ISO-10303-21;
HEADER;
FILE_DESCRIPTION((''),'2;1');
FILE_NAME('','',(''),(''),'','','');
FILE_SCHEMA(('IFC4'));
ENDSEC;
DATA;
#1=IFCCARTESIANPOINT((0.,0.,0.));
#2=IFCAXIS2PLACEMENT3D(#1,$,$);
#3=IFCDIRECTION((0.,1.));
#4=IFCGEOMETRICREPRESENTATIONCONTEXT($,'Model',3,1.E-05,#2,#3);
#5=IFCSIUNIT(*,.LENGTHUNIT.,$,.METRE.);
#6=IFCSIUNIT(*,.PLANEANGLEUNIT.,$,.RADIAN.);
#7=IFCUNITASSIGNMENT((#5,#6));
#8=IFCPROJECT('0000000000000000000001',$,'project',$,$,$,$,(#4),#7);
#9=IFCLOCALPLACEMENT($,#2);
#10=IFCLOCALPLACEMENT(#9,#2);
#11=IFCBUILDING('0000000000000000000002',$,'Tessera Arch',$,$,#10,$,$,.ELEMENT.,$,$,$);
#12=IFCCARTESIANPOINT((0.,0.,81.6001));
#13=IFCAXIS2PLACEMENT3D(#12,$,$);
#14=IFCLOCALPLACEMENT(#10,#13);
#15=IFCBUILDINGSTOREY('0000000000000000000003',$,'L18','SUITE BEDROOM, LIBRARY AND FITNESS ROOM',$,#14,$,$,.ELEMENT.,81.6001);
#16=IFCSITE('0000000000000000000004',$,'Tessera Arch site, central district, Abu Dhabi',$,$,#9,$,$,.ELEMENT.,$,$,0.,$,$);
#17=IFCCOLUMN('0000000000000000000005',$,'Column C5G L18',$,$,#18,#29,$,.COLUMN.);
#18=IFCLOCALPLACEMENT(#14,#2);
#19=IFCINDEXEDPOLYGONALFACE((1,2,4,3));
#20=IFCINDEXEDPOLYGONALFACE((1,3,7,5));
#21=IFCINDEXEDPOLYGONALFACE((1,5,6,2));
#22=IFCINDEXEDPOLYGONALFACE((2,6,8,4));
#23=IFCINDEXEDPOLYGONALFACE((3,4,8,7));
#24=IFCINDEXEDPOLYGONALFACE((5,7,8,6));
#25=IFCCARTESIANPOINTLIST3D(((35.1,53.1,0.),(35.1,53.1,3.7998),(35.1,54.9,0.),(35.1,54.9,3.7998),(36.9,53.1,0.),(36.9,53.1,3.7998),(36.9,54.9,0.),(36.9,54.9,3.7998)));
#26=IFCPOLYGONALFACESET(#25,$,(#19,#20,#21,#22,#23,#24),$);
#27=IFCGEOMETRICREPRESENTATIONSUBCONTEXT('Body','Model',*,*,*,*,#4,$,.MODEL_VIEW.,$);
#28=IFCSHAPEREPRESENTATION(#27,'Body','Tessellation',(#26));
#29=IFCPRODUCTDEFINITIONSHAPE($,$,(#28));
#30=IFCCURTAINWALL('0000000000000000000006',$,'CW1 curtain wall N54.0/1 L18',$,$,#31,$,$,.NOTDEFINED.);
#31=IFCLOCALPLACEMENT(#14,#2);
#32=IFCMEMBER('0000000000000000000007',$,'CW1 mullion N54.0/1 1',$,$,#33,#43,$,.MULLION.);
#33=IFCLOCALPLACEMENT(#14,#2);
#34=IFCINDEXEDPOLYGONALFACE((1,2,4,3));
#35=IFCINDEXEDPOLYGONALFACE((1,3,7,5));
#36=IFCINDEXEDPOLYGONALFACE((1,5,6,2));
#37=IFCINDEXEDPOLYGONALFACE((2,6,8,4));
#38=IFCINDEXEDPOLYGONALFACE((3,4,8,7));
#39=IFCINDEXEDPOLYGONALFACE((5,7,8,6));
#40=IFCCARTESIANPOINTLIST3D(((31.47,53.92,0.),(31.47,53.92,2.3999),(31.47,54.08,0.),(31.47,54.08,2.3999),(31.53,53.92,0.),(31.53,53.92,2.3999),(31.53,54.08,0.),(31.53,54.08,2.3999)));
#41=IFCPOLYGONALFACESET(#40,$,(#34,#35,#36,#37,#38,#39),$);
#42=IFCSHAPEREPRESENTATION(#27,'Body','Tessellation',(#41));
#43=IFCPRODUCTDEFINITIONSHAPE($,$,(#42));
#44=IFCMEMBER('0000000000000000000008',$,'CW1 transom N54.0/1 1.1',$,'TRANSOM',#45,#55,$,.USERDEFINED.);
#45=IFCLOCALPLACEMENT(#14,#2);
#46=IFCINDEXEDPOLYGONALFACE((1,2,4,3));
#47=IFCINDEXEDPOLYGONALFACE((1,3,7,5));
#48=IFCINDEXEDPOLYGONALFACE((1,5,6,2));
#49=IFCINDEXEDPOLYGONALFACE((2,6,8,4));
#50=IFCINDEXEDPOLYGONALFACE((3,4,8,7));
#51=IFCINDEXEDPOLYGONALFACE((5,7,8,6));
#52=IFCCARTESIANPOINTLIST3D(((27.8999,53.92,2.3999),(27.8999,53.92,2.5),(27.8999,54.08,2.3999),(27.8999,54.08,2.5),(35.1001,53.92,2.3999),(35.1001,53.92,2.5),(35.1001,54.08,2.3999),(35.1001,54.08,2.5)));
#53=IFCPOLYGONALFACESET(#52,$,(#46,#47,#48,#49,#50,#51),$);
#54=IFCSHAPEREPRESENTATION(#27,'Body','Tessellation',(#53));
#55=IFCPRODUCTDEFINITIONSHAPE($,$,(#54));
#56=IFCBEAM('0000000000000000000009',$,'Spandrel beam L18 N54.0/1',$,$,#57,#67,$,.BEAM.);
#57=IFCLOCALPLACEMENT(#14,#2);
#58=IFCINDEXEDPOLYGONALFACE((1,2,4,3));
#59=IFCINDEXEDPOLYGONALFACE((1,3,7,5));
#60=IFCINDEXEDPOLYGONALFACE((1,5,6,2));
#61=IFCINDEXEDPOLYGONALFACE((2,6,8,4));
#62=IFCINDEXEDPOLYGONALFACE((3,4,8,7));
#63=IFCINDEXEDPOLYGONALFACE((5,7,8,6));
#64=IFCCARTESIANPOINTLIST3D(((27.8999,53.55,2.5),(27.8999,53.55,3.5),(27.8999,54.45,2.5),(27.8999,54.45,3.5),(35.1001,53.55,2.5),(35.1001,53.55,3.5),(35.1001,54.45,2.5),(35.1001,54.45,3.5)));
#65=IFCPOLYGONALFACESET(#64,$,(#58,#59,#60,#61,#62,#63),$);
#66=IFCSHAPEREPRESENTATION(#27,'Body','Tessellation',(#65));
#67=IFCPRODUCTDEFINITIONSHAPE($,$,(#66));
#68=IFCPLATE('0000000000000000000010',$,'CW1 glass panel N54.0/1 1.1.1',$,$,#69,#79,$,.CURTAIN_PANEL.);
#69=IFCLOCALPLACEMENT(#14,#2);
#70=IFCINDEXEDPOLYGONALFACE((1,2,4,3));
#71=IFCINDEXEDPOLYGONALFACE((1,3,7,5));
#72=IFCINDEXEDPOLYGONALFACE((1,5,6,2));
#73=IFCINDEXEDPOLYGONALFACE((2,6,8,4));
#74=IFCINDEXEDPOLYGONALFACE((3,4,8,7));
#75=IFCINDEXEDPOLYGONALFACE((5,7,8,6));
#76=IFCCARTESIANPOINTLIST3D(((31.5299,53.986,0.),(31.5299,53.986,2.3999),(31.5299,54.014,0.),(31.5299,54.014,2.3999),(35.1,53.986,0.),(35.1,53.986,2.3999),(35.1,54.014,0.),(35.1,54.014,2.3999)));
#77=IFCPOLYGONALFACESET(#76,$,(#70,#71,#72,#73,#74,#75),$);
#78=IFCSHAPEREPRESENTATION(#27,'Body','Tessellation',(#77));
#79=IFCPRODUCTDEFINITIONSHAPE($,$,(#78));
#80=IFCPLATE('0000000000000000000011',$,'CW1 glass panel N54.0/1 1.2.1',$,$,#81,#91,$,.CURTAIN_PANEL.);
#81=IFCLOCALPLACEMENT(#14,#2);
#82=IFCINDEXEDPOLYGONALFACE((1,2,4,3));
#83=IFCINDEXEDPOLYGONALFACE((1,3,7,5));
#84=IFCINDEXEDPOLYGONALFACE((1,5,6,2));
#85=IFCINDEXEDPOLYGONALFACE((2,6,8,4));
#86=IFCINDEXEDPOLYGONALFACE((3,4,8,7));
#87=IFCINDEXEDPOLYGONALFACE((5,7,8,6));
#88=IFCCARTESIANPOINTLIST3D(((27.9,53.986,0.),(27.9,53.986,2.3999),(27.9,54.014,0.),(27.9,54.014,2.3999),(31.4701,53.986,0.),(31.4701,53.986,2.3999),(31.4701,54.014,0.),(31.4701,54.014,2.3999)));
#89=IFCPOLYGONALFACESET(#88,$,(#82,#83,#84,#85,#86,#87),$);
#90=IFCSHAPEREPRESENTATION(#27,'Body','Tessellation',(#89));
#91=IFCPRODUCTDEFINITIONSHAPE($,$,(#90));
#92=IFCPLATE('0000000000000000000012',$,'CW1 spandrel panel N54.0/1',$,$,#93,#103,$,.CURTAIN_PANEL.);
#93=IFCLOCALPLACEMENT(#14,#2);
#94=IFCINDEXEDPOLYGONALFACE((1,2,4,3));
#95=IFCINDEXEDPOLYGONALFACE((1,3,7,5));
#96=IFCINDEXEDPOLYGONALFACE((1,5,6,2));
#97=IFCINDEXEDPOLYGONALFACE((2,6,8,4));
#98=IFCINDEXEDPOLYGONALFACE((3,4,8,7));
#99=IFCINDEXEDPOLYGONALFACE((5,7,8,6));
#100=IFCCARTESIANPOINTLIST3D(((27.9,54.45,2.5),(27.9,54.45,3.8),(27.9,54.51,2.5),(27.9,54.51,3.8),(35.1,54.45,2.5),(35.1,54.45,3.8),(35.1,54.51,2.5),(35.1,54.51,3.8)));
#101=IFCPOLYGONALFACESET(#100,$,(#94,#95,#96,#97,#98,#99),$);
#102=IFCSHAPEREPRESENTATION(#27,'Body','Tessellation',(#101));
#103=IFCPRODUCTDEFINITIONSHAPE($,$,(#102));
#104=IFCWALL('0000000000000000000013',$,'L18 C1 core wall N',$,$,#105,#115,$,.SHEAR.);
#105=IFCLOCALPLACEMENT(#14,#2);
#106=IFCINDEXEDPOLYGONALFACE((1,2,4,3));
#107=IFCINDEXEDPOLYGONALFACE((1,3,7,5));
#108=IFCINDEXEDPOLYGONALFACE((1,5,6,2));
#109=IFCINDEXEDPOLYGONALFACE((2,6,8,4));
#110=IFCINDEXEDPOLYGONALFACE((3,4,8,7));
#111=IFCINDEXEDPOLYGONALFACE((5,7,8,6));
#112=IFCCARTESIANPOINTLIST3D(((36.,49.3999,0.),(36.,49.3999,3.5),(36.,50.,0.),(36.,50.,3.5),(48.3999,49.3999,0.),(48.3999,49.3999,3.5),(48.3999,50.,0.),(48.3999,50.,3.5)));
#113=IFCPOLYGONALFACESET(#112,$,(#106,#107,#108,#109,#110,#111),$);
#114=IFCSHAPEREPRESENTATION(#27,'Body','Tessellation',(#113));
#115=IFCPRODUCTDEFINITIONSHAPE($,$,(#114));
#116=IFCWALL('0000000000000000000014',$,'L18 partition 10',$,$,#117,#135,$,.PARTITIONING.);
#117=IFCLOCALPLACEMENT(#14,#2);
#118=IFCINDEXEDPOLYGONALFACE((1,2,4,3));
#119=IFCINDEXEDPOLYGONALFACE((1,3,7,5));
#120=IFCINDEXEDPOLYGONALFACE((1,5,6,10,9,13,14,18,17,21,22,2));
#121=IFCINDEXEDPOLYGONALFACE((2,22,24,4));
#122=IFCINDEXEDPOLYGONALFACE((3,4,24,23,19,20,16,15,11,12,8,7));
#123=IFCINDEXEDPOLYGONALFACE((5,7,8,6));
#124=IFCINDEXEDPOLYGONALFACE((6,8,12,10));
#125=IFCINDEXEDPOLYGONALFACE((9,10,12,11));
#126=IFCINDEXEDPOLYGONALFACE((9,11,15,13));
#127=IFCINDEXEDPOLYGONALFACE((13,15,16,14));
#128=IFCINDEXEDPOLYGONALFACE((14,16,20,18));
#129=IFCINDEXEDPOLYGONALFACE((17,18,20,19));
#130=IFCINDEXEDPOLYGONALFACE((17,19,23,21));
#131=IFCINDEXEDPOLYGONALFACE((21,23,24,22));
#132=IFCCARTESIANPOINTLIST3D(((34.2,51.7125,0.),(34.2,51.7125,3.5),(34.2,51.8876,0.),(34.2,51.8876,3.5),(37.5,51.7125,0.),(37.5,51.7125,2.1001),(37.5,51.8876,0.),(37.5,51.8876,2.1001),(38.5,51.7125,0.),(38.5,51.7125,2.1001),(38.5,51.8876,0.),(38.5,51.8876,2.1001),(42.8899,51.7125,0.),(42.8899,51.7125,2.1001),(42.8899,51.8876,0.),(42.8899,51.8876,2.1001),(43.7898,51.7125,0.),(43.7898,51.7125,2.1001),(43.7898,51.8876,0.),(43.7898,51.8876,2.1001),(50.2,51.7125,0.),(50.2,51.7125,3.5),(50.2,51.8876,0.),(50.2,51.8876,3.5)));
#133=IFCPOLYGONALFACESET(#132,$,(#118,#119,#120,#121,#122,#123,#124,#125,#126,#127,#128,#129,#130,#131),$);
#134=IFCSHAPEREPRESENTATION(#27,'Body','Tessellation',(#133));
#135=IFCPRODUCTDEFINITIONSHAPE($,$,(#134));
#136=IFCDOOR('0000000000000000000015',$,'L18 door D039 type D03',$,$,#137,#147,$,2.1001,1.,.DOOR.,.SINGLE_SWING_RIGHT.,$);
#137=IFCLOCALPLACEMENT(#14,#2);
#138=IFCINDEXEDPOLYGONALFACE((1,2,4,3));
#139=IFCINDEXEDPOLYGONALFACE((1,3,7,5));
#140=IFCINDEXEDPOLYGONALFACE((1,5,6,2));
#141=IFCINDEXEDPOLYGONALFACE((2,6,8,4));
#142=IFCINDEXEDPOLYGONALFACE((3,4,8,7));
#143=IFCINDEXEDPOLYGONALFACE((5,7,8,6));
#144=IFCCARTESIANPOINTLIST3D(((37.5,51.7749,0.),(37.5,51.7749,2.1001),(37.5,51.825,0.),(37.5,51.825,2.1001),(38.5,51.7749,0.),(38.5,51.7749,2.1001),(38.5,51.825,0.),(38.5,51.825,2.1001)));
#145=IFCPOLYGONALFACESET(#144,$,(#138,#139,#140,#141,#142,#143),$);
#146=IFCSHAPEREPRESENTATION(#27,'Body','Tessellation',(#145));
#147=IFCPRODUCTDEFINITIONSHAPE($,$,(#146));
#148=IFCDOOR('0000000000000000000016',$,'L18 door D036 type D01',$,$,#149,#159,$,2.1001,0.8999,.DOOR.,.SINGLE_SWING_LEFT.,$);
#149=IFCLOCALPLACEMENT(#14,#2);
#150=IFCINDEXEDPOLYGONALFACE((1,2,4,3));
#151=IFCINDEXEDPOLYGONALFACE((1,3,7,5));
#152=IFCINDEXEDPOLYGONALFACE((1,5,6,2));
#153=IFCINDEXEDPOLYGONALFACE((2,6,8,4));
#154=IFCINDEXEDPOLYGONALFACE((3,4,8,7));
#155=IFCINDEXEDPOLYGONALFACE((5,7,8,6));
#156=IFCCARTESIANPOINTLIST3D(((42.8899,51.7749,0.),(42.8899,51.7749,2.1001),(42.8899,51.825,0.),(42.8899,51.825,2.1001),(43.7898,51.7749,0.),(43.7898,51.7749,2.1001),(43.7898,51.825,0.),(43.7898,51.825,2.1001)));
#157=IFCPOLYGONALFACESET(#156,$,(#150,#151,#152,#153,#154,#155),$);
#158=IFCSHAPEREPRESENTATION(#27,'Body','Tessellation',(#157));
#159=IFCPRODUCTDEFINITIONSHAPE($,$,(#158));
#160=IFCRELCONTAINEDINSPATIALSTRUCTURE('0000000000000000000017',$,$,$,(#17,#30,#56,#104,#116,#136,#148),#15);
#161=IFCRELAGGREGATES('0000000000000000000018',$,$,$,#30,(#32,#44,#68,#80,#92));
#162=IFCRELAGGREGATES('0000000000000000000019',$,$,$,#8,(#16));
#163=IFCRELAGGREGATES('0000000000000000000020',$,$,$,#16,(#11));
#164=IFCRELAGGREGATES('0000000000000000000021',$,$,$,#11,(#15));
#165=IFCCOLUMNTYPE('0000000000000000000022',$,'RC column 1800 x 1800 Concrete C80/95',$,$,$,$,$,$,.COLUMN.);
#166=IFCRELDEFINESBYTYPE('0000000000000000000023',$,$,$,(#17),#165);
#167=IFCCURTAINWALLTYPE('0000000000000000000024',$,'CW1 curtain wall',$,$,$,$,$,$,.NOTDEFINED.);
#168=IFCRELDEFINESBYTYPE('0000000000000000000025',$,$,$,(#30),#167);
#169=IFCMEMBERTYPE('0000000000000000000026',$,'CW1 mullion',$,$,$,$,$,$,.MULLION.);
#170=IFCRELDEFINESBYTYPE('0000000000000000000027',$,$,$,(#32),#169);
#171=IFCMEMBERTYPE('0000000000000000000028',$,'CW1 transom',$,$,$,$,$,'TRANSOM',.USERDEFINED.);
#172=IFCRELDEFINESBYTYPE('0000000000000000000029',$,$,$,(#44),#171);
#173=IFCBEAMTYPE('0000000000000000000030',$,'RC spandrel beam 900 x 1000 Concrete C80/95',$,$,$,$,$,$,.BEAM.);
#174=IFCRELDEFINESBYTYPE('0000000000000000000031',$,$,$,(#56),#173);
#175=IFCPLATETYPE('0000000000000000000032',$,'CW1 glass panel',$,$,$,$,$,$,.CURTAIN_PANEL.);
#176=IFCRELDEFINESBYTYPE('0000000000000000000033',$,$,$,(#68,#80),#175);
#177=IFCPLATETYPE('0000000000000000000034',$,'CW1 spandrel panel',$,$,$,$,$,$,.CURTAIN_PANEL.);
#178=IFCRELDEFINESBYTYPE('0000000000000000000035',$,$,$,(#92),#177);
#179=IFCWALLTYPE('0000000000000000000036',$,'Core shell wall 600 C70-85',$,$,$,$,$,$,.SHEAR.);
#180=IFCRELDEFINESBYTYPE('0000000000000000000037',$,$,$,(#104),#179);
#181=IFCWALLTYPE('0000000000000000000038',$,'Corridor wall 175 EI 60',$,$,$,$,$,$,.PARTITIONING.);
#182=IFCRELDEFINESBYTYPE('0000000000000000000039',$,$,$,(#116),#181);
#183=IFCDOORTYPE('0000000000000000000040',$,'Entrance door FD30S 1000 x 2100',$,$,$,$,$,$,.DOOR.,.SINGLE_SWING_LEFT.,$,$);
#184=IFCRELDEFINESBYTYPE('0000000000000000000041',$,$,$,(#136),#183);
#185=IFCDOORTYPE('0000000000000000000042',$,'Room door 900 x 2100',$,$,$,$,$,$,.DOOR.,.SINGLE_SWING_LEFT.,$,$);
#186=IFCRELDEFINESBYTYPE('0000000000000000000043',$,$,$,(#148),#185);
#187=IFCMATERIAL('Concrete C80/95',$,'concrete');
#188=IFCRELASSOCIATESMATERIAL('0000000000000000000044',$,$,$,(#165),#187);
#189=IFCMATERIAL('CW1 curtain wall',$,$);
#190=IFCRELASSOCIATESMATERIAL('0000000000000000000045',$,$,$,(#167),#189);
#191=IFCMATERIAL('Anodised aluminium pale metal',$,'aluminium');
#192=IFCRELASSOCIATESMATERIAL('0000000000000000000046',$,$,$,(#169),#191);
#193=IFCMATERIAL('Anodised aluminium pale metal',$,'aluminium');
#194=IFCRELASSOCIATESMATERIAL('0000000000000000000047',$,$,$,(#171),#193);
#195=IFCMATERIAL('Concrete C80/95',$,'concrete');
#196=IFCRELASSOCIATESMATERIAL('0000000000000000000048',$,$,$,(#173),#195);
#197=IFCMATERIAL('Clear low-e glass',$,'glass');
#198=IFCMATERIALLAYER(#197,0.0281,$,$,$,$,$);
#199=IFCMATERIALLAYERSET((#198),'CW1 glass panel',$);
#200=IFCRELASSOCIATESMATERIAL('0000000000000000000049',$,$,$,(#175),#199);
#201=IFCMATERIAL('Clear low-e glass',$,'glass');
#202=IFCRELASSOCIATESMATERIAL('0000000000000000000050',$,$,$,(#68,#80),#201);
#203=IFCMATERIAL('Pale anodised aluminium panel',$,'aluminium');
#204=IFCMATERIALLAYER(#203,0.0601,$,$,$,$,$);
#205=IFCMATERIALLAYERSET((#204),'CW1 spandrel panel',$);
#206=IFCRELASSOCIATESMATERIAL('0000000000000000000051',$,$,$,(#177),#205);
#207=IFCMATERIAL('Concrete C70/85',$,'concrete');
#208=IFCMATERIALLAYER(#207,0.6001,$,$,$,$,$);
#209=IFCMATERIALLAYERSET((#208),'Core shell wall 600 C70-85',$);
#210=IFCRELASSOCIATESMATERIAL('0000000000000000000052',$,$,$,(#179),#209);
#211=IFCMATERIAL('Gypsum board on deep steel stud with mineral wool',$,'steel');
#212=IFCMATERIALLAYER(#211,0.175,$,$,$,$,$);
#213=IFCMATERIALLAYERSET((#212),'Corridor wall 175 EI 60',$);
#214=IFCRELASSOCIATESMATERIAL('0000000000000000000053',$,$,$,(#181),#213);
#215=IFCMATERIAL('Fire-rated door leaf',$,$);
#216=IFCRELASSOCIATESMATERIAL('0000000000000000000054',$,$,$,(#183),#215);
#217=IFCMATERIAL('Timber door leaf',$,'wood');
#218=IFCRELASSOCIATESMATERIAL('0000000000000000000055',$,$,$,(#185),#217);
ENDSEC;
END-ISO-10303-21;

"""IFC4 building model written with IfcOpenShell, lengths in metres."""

from ifc_helpers import new_model, si_unit, direction, frame, frame_2d, origin, origin_2d, place, context, subcontext, project, spatial, rectangle, extrude, material, layer, layer_set, material_profile, profile_set, type_object, element, fill, aggregate, save


model = new_model("IFC4")

# Units and contexts
model_context = context("Model", 3, precision=1e-05, world=origin(), true_north=direction((0.0, 1.0)))
body_context = subcontext(model_context, "Body", "Model", "MODEL_VIEW")
ifc_project = project(units=[si_unit("LENGTHUNIT", "METRE"), si_unit("PLANEANGLEUNIT", "RADIAN")], contexts=[model_context])

# Site, building, storey
site_placement = place(None, origin())
site = spatial("IfcSite", under=ifc_project, at=site_placement, Name="Tessera Arch site, central district, Abu Dhabi", CompositionType="ELEMENT", RefElevation=0.0)
building_placement = place(site_placement, origin())
building = spatial("IfcBuilding", under=site, at=building_placement, Name="Tessera Arch", CompositionType="ELEMENT")
storey_placement = place(building_placement, frame((0.0, 0.0, 81.6001)))
storey = spatial("IfcBuildingStorey", under=building, at=storey_placement, Name="L18", Description="SUITE BEDROOM, LIBRARY AND FITNESS ROOM", CompositionType="ELEMENT", Elevation=81.6001)

# Column
ifc_material_1 = material(Name="Concrete C80/95", Category="concrete")
ifc_material_profile_1 = material_profile(ifc_material_1, rectangle(XDim=1.8, YDim=1.8, at=origin_2d()), Name="RC column 1800 x 1800 Concrete C80/95")
ifc_profile_set_1 = profile_set([ifc_material_profile_1], Name="Concrete C80/95")
column_type = type_object("IfcColumnType", Name="RC column 1800 x 1800 Concrete C80/95", PredefinedType="COLUMN", material=ifc_profile_set_1)
column_placement = place(storey_placement, frame((36.0, 54.0, 0.0), z_axis=(0.0, 0.0, 1.0), x_axis=(1.0, 0.0, 0.0)))
element("IfcColumn", 1, at=column_placement, inside=storey, type_object=column_type, Name="Column C5G L18", PredefinedType="COLUMN", context=body_context, shape_type="SweptSolid", body=[
    extrude(rectangle(XDim=1.8, YDim=1.8, at=origin_2d()), origin(), (0.0, 0.0, 1.0), 3.7998),
])

# Curtain wall, members
ifc_material_2 = material(Name="CW1 curtain wall")
curtain_wall_type = type_object("IfcCurtainWallType", Name="CW1 curtain wall", PredefinedType="NOTDEFINED", material=ifc_material_2)
curtain_wall_placement = place(storey_placement, origin())
curtain_wall = element("IfcCurtainWall", 2, at=curtain_wall_placement, inside=storey, type_object=curtain_wall_type, Name="CW1 curtain wall N54.0/1 L18", PredefinedType="NOTDEFINED")
ifc_material_3 = material(Name="Anodised aluminium pale metal", Category="aluminium")
ifc_material_profile_2 = material_profile(ifc_material_3, rectangle(XDim=0.1599, YDim=0.0601, at=origin_2d()), Name="AL 60x160")
ifc_profile_set_2 = profile_set([ifc_material_profile_2], Name="Anodised aluminium pale metal")
member_type_1 = type_object("IfcMemberType", Name="CW1 mullion", PredefinedType="MULLION", material=ifc_profile_set_2)
member_1_placement = place(storey_placement, frame((31.5, 54.0, 0.0), z_axis=(0.0, 0.0, 1.0), x_axis=(0.0, -1.0, 0.0)))
member_1 = element("IfcMember", 3, at=member_1_placement, type_object=member_type_1, Name="CW1 mullion N54.0/1 1", PredefinedType="MULLION", context=body_context, shape_type="SweptSolid", body=[
    extrude(rectangle(XDim=0.1599, YDim=0.0601, at=origin_2d()), origin(), (0.0, 0.0, 1.0), 2.3999),
])
ifc_material_4 = material(Name="Anodised aluminium pale metal", Category="aluminium")
ifc_material_profile_3 = material_profile(ifc_material_4, rectangle(XDim=0.1599, YDim=0.1001, at=origin_2d()), Name="AL 160x100")
ifc_profile_set_3 = profile_set([ifc_material_profile_3], Name="Anodised aluminium pale metal")
member_type_2 = type_object("IfcMemberType", Name="CW1 transom", ElementType="TRANSOM", PredefinedType="USERDEFINED", material=ifc_profile_set_3)
member_2_placement = place(storey_placement, frame((35.1001, 54.0, 2.45), z_axis=(-1.0, 0.0, 0.0), x_axis=(0.0, -1.0, 0.0)))
member_2 = element("IfcMember", 4, at=member_2_placement, type_object=member_type_2, Name="CW1 transom N54.0/1 1.1", ObjectType="TRANSOM", PredefinedType="USERDEFINED", context=body_context, shape_type="SweptSolid", body=[
    extrude(rectangle(XDim=0.1599, YDim=0.1001, at=origin_2d()), origin(), (0.0, 0.0, 1.0), 7.2002),
])

# Beam
ifc_material_5 = material(Name="Concrete C80/95", Category="concrete")
ifc_material_profile_4 = material_profile(ifc_material_5, rectangle(XDim=0.8999, YDim=1.0, at=origin_2d()), Name="RC spandrel beam 900 x 1000 Concrete C80/95")
ifc_profile_set_4 = profile_set([ifc_material_profile_4], Name="Concrete C80/95")
beam_type = type_object("IfcBeamType", Name="RC spandrel beam 900 x 1000 Concrete C80/95", PredefinedType="BEAM", material=ifc_profile_set_4)
beam_placement = place(storey_placement, frame((35.1001, 54.0, 3.0), z_axis=(-1.0, 0.0, 0.0), x_axis=(0.0, -1.0, 0.0)))
element("IfcBeam", 5, at=beam_placement, inside=storey, type_object=beam_type, Name="Spandrel beam L18 N54.0/1", PredefinedType="BEAM", context=body_context, shape_type="SweptSolid", body=[
    extrude(rectangle(XDim=0.8999, YDim=1.0, at=origin_2d()), origin(), (0.0, 0.0, 1.0), 7.2002),
])

# Plates
ifc_material_6 = material(Name="Clear low-e glass", Category="glass")
ifc_material_7 = material(Name="Clear low-e glass", Category="glass")
ifc_layer_1 = layer(ifc_material_7, 0.0281)
ifc_layer_set_1 = layer_set([ifc_layer_1], Name="CW1 glass panel")
plate_type_1 = type_object("IfcPlateType", Name="CW1 glass panel", PredefinedType="CURTAIN_PANEL", material=ifc_layer_set_1)
plate_1_placement = place(storey_placement, frame((33.3149, 54.0, 0.0), z_axis=(0.0, 0.0, 1.0), x_axis=(-1.0, 0.0, 0.0)))
plate_1 = element("IfcPlate", 6, at=plate_1_placement, type_object=plate_type_1, material=ifc_material_6, Name="CW1 glass panel N54.0/1 1.1.1", PredefinedType="CURTAIN_PANEL", context=body_context, shape_type="SweptSolid", body=[
    extrude(rectangle(XDim=3.5701, YDim=0.0281, at=origin_2d()), origin(), (0.0, 0.0, 1.0), 2.3999),
])
plate_2_placement = place(storey_placement, frame((29.6851, 54.0, 0.0), z_axis=(0.0, 0.0, 1.0), x_axis=(-1.0, 0.0, 0.0)))
plate_2 = element("IfcPlate", 7, at=plate_2_placement, type_object=plate_type_1, material=ifc_material_6, Name="CW1 glass panel N54.0/1 1.2.1", PredefinedType="CURTAIN_PANEL", context=body_context, shape_type="SweptSolid", body=[
    extrude(rectangle(XDim=3.5701, YDim=0.0281, at=origin_2d()), origin(), (0.0, 0.0, 1.0), 2.3999),
])
ifc_material_8 = material(Name="Pale anodised aluminium panel", Category="aluminium")
ifc_layer_2 = layer(ifc_material_8, 0.0601)
ifc_layer_set_2 = layer_set([ifc_layer_2], Name="CW1 spandrel panel")
plate_type_2 = type_object("IfcPlateType", Name="CW1 spandrel panel", PredefinedType="CURTAIN_PANEL", material=ifc_layer_set_2)
plate_3_placement = place(storey_placement, frame((31.5, 54.48, 2.5), z_axis=(0.0, 0.0, 1.0), x_axis=(-1.0, 0.0, 0.0)))
plate_3 = element("IfcPlate", 8, at=plate_3_placement, type_object=plate_type_2, Name="CW1 spandrel panel N54.0/1", PredefinedType="CURTAIN_PANEL", context=body_context, shape_type="SweptSolid", body=[
    extrude(rectangle(XDim=7.2, YDim=0.0601, at=origin_2d()), origin(), (0.0, 0.0, 1.0), 1.3),
])
aggregate(curtain_wall, [member_1, member_2, plate_1, plate_2, plate_3])

# Wall
ifc_material_9 = material(Name="Concrete C70/85", Category="concrete")
ifc_layer_3 = layer(ifc_material_9, 0.6001)
ifc_layer_set_3 = layer_set([ifc_layer_3], Name="Core shell wall 600 C70-85")
wall_type_1 = type_object("IfcWallType", Name="Core shell wall 600 C70-85", PredefinedType="SHEAR", material=ifc_layer_set_3)
wall_1_placement = place(storey_placement, frame((36.0, 49.7, 0.0), z_axis=(0.0, 0.0, 1.0), x_axis=(1.0, 0.0, 0.0)))
element("IfcWall", 9, at=wall_1_placement, inside=storey, type_object=wall_type_1, Name="L18 C1 core wall N", PredefinedType="SHEAR", context=body_context, shape_type="SweptSolid", body=[
    extrude(rectangle(XDim=12.3999, YDim=0.6001, at=frame_2d((6.2, 0.0))), origin(), (0.0, 0.0, 1.0), 3.5),
])

# Wall, openings, doors
ifc_material_10 = material(Name="Gypsum board on deep steel stud with mineral wool", Category="steel")
ifc_layer_4 = layer(ifc_material_10, 0.175)
ifc_layer_set_4 = layer_set([ifc_layer_4], Name="Corridor wall 175 EI 60")
wall_type_2 = type_object("IfcWallType", Name="Corridor wall 175 EI 60", PredefinedType="PARTITIONING", material=ifc_layer_set_4)
wall_2_placement = place(storey_placement, frame((34.2, 51.8, 0.0), z_axis=(0.0, 0.0, 1.0), x_axis=(1.0, 0.0, 0.0)))
wall_2 = element("IfcWall", 10, at=wall_2_placement, inside=storey, type_object=wall_type_2, Name="L18 partition 10", PredefinedType="PARTITIONING", context=body_context, shape_type="SweptSolid", body=[
    extrude(rectangle(XDim=16.0, YDim=0.175, at=frame_2d((8.0, 0.0))), origin(), (0.0, 0.0, 1.0), 3.5),
])
opening_1_placement = place(wall_2_placement, frame((8.6899, 0.0, 0.0)))
opening_1 = element("IfcOpeningElement", 11, at=opening_1_placement, cuts=wall_2, PredefinedType="OPENING", context=body_context, shape_type="SweptSolid", body=[
    extrude(rectangle(XDim=0.8999, YDim=2.1001, at=frame_2d((0.45, 1.05))), frame((0.0, 0.0974, 0.0), z_axis=(0.0, -1.0, 0.0), x_axis=(1.0, 0.0, 0.0)), (0.0, 0.0, 1.0), 0.1951),
])
opening_2_placement = place(wall_2_placement, frame((3.3, 0.0, 0.0)))
opening_2 = element("IfcOpeningElement", 12, at=opening_2_placement, cuts=wall_2, PredefinedType="OPENING", context=body_context, shape_type="SweptSolid", body=[
    extrude(rectangle(XDim=1.0, YDim=2.1001, at=frame_2d((0.5, 1.05))), frame((0.0, 0.0974, 0.0), z_axis=(0.0, -1.0, 0.0), x_axis=(1.0, 0.0, 0.0)), (0.0, 0.0, 1.0), 0.1951),
])
ifc_material_11 = material(Name="Fire-rated door leaf")
door_type_1 = type_object("IfcDoorType", Name="Entrance door FD30S 1000 x 2100", OperationType="SINGLE_SWING_LEFT", PredefinedType="DOOR", material=ifc_material_11)
door_1_placement = place(opening_2_placement, origin())
door_1 = element("IfcDoor", 13, at=door_1_placement, inside=storey, type_object=door_type_1, Name="L18 door D039 type D03", OperationType="SINGLE_SWING_RIGHT", OverallHeight=2.1001, OverallWidth=1.0, PredefinedType="DOOR", context=body_context, shape_type="SweptSolid", body=[
    extrude(rectangle(XDim=1.0, YDim=2.1001, at=frame_2d((0.5, 1.05))), frame((0.0, 0.0249, 0.0), z_axis=(0.0, -1.0, 0.0), x_axis=(1.0, 0.0, 0.0)), (0.0, 0.0, 1.0), 0.05),
])
fill(opening_2, door_1)
ifc_material_12 = material(Name="Timber door leaf", Category="wood")
door_type_2 = type_object("IfcDoorType", Name="Room door 900 x 2100", OperationType="SINGLE_SWING_LEFT", PredefinedType="DOOR", material=ifc_material_12)
door_2_placement = place(opening_1_placement, origin())
door_2 = element("IfcDoor", 14, at=door_2_placement, inside=storey, type_object=door_type_2, Name="L18 door D036 type D01", OperationType="SINGLE_SWING_LEFT", OverallHeight=2.1001, OverallWidth=0.8999, PredefinedType="DOOR", context=body_context, shape_type="SweptSolid", body=[
    extrude(rectangle(XDim=0.8999, YDim=2.1001, at=frame_2d((0.45, 1.05))), frame((0.0, 0.0249, 0.0), z_axis=(0.0, -1.0, 0.0), x_axis=(1.0, 0.0, 0.0)), (0.0, 0.0, 1.0), 0.05),
])
fill(opening_1, door_2)

save(model, "model.ifc")
